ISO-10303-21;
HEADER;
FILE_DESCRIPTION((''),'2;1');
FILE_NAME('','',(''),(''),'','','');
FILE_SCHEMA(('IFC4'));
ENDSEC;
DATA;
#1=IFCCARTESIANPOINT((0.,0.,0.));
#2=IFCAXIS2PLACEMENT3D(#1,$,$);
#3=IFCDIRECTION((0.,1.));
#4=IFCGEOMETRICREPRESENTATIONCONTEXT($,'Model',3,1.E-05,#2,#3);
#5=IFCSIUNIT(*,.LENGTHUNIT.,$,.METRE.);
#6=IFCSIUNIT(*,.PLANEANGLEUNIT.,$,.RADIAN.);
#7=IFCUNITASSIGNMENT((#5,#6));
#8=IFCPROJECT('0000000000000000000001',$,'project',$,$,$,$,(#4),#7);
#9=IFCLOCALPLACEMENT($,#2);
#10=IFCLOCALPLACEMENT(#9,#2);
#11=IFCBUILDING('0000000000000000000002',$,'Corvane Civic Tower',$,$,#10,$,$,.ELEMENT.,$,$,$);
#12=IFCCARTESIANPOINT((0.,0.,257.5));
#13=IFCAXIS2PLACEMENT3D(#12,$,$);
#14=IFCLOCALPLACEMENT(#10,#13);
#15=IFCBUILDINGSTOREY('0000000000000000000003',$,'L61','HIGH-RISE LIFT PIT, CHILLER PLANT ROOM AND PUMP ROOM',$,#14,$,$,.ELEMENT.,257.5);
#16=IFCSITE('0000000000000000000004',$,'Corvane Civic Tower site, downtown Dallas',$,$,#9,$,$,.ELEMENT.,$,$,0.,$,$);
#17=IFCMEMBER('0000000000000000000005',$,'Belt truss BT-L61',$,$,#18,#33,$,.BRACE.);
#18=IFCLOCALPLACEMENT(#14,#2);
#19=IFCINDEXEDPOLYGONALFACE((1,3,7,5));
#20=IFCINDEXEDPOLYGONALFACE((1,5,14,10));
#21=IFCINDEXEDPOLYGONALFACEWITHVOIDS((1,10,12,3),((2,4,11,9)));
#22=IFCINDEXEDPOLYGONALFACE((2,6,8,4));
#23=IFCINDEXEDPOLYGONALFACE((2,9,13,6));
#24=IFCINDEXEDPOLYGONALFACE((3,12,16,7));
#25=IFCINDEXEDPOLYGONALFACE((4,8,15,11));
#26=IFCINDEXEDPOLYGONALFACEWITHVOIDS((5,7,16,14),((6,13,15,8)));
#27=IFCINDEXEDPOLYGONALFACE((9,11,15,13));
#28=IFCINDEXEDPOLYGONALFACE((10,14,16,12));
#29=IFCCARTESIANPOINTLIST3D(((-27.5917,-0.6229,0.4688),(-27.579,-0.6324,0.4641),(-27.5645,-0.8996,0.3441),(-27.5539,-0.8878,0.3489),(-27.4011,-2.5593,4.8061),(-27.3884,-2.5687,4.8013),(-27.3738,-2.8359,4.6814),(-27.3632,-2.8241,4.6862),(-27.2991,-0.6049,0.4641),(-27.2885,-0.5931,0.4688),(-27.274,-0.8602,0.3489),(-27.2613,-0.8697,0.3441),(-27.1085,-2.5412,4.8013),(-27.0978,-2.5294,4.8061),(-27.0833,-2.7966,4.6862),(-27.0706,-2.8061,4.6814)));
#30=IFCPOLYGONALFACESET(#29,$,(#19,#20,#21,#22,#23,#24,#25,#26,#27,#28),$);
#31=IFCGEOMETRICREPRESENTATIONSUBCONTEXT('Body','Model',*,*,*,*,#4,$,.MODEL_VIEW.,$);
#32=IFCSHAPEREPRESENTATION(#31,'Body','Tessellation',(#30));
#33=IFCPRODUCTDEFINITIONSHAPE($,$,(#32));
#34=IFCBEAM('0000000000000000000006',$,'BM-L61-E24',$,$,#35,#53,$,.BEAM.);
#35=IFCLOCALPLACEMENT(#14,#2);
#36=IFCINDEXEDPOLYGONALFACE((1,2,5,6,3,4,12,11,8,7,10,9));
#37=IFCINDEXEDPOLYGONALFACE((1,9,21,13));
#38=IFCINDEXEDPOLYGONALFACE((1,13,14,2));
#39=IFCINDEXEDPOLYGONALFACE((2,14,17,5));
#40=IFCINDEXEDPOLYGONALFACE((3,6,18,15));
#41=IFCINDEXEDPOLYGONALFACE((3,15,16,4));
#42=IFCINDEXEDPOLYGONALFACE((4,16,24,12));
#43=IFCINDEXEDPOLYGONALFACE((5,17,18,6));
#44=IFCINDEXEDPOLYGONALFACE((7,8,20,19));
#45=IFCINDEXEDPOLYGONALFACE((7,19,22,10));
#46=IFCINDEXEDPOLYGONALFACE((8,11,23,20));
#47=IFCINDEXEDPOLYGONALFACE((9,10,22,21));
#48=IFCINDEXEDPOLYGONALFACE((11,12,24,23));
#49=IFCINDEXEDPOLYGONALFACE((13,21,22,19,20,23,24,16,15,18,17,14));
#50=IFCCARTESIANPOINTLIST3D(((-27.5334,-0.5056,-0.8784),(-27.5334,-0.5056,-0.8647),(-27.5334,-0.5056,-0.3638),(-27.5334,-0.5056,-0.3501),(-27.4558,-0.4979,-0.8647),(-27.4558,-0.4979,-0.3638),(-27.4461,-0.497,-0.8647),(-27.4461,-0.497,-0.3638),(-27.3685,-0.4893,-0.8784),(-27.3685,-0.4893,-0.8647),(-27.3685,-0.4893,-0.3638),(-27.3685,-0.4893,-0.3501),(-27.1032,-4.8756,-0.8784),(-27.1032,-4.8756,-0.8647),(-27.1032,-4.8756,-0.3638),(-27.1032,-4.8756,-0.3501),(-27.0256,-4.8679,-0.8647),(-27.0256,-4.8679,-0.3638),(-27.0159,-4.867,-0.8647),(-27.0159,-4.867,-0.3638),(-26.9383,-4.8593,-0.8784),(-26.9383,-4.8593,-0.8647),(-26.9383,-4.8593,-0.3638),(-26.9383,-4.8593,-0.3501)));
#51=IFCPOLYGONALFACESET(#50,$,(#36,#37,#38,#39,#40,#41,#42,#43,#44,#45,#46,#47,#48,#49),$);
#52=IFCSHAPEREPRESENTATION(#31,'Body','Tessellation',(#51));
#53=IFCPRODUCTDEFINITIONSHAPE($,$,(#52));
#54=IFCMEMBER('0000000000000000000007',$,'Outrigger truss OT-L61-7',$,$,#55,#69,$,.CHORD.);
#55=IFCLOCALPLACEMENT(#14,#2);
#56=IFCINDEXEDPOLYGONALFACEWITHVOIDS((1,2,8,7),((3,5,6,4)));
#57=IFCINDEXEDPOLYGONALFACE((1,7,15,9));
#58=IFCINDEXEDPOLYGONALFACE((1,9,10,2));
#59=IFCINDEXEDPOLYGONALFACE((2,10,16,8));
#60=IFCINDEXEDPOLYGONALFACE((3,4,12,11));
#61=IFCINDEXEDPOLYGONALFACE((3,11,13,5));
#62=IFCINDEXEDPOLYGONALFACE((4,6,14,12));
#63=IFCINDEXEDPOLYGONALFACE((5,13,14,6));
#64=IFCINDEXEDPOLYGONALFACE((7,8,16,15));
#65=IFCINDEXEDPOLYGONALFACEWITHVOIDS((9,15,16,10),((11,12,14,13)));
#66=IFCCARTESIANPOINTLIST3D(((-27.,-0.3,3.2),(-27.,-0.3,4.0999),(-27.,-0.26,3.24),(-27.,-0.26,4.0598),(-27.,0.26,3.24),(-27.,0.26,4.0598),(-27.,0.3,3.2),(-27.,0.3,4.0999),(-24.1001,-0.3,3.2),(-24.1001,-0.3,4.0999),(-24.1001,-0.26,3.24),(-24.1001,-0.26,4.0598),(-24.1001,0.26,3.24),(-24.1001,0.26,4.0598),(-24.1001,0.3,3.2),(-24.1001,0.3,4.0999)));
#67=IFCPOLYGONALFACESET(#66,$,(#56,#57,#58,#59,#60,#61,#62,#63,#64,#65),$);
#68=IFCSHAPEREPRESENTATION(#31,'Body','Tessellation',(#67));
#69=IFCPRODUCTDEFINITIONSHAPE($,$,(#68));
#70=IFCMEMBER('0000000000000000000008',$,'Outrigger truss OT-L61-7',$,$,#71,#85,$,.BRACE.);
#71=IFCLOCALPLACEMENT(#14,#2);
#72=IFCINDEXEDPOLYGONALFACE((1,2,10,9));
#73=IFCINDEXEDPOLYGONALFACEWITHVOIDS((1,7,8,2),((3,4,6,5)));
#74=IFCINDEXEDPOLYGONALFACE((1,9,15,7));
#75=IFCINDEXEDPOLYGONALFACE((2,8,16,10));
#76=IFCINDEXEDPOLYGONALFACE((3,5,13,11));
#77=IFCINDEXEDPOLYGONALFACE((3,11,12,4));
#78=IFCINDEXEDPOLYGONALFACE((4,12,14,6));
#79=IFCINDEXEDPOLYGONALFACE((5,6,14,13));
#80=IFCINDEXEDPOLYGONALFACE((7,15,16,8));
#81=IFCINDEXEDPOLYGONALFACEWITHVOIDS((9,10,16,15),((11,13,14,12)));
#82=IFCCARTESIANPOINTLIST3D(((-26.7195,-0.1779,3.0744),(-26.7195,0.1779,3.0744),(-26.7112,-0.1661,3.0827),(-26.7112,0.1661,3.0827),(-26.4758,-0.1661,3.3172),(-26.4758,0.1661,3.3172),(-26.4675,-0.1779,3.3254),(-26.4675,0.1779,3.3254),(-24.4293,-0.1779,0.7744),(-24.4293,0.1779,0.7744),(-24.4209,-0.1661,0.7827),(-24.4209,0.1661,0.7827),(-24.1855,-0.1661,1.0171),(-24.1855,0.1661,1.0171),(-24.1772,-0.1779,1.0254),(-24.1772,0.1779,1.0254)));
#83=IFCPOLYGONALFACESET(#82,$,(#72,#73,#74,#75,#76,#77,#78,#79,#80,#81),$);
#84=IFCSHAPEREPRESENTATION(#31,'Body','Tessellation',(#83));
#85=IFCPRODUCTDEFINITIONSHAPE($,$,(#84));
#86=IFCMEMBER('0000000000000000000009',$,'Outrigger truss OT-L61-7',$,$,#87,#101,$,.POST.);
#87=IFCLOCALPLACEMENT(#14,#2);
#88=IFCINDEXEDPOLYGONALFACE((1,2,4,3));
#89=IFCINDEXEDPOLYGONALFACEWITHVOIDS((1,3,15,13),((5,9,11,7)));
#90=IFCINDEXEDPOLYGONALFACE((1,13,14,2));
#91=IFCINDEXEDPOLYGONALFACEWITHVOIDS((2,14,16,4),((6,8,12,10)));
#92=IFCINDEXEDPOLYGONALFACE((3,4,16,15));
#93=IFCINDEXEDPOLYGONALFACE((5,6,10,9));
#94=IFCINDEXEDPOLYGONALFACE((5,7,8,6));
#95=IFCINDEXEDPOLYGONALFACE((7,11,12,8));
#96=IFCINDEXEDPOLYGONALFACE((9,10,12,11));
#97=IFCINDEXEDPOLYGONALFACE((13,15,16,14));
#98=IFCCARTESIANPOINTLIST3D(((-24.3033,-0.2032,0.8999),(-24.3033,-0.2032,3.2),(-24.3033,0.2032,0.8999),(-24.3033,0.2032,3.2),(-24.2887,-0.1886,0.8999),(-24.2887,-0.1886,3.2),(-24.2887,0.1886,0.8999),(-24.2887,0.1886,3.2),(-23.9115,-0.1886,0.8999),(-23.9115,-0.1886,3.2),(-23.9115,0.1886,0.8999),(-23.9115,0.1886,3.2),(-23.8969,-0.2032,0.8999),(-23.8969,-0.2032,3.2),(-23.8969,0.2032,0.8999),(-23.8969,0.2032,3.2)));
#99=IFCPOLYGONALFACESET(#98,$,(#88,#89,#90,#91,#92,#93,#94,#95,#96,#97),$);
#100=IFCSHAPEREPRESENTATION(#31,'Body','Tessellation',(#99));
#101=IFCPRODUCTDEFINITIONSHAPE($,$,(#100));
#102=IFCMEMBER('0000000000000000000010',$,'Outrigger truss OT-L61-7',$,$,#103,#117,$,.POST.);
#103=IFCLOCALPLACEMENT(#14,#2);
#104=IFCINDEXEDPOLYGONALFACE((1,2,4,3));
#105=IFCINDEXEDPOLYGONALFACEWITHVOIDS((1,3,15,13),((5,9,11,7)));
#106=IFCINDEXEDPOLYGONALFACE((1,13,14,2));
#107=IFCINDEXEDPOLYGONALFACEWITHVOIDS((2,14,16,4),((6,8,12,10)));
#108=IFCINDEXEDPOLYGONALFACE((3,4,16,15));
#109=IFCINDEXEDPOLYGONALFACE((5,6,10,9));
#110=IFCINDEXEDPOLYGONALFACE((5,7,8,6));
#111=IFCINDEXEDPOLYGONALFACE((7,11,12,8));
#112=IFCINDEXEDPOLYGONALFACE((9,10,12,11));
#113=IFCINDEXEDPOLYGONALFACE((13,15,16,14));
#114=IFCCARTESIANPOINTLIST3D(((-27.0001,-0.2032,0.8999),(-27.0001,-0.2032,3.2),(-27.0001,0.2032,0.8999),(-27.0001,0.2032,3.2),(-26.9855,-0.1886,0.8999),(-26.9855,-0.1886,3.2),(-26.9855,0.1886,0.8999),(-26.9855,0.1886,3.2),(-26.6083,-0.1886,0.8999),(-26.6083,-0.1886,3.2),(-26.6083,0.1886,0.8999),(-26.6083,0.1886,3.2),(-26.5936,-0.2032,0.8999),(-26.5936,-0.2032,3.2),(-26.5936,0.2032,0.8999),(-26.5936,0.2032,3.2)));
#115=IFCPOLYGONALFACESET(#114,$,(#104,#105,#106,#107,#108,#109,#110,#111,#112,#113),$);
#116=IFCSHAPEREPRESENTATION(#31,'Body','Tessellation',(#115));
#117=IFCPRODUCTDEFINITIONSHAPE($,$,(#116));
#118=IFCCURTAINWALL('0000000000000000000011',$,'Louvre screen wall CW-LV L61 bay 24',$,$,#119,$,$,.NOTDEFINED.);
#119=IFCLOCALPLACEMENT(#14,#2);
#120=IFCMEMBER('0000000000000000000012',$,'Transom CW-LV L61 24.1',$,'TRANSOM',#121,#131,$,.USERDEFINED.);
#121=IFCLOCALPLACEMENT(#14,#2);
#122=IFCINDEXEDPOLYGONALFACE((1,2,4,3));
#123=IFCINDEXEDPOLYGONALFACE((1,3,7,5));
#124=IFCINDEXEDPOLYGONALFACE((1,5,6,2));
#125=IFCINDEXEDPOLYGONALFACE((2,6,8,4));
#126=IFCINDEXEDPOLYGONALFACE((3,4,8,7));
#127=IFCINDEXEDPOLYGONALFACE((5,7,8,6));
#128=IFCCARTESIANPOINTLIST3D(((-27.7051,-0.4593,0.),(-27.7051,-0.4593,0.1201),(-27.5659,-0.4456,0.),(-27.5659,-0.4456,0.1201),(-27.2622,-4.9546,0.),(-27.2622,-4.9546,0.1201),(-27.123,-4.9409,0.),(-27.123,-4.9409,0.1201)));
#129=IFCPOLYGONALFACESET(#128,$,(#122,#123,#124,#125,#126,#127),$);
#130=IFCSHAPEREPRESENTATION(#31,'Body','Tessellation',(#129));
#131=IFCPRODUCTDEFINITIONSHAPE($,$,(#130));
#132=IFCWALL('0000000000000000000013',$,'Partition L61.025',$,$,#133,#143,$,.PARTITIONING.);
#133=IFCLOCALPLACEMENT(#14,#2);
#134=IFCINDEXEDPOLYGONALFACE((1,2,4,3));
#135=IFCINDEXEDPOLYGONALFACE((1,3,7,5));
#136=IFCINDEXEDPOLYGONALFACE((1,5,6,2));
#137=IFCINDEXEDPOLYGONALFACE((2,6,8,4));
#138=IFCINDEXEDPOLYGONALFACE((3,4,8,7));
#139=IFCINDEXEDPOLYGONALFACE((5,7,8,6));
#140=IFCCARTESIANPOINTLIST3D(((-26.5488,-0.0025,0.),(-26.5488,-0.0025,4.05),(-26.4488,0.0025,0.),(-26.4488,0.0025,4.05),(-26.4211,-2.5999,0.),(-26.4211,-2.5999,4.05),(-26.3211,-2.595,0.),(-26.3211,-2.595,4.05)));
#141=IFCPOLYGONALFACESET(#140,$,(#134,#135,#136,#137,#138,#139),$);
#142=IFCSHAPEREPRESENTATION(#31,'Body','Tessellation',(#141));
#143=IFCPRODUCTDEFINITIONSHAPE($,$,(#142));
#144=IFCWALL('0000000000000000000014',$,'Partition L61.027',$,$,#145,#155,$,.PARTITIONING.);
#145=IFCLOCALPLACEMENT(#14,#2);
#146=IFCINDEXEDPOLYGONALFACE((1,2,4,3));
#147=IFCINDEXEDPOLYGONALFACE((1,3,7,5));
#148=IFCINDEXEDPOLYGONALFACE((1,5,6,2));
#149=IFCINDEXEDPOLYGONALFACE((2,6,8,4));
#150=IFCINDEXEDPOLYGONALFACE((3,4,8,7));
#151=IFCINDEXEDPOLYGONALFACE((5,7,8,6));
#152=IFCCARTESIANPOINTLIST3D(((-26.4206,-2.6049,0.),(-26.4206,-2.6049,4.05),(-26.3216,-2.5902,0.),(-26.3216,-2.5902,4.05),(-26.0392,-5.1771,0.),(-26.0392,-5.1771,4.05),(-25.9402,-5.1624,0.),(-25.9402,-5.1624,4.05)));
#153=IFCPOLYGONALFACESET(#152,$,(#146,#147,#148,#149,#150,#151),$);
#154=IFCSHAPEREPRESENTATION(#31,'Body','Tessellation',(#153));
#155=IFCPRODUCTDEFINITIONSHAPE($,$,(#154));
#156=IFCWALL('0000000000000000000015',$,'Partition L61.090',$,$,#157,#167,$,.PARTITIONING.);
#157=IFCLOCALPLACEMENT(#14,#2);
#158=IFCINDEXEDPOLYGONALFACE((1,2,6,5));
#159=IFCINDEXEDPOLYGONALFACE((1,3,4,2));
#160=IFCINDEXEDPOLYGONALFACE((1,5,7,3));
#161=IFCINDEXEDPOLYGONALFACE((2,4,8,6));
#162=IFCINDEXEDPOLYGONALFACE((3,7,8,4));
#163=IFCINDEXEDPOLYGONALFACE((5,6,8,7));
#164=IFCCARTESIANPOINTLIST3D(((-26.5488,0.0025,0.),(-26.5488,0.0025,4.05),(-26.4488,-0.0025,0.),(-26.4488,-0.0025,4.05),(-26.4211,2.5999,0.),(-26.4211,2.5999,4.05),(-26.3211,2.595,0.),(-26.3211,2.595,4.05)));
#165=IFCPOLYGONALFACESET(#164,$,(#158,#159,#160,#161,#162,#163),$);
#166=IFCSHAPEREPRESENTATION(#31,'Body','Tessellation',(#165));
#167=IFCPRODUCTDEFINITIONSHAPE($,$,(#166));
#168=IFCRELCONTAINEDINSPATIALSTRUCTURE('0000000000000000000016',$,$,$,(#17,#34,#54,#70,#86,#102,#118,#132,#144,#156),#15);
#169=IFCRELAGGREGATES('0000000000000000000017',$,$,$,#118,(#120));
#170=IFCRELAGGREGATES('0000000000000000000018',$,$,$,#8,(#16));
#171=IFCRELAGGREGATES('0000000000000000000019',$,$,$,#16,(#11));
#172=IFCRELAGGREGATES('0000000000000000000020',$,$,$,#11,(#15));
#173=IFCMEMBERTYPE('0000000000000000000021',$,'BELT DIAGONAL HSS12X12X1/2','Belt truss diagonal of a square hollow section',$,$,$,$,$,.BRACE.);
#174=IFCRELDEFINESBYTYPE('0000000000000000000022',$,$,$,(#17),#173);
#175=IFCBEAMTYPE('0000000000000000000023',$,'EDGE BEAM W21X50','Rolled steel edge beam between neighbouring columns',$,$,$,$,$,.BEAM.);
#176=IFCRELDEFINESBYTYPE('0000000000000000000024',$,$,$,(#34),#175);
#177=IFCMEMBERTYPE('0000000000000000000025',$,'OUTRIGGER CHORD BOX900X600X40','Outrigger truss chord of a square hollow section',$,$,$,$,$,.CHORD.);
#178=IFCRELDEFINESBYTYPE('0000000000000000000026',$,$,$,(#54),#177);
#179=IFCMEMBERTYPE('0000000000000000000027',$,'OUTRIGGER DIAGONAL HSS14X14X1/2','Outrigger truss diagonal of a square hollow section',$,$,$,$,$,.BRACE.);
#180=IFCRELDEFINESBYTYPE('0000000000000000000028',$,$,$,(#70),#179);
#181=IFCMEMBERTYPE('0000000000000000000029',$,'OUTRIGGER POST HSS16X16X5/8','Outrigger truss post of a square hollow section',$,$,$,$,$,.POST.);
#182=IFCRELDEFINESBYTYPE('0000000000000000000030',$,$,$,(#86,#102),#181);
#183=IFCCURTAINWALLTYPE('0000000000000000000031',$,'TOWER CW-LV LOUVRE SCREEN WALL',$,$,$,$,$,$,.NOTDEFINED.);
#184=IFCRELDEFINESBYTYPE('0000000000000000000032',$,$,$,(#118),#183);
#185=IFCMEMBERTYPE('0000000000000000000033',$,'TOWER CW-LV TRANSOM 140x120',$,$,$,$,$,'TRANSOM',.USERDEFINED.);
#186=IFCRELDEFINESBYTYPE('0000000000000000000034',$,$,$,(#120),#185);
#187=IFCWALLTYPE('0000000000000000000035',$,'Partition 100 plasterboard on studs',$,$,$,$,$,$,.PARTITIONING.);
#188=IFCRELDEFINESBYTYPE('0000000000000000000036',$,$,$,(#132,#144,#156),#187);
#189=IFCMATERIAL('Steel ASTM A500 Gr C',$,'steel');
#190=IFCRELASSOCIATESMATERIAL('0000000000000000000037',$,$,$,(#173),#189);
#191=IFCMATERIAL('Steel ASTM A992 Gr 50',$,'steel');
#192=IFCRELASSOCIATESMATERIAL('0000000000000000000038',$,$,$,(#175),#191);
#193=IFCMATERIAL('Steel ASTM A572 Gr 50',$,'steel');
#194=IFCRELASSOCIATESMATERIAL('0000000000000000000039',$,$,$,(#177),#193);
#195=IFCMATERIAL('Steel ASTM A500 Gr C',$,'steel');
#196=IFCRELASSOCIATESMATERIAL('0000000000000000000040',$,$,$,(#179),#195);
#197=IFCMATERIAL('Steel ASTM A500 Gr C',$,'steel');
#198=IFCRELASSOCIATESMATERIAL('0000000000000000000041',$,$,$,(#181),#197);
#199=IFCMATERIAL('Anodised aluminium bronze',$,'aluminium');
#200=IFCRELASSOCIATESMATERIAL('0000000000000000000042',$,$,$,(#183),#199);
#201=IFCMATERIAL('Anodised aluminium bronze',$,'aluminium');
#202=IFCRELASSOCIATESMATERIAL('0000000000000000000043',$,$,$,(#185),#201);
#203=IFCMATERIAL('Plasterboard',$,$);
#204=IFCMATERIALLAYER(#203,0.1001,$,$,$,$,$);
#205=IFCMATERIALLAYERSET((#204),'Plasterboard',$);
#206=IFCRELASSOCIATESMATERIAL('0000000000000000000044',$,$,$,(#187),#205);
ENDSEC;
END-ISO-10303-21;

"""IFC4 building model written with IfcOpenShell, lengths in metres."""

from ifc_helpers import new_model, si_unit, direction, frame, frame_2d, origin, origin_2d, place, context, subcontext, project, spatial, rectangle, hollow_rectangle, i_section, extrude, material, layer, layer_set, material_profile, profile_set, type_object, element, aggregate, save


model = new_model("IFC4")

# Units and contexts
model_context = context("Model", 3, precision=1e-05, world=origin(), true_north=direction((0.0, 1.0)))
body_context = subcontext(model_context, "Body", "Model", "MODEL_VIEW")
ifc_project = project(units=[si_unit("LENGTHUNIT", "METRE"), si_unit("PLANEANGLEUNIT", "RADIAN")], contexts=[model_context])

# Site, building, storey
site_placement = place(None, origin())
site = spatial("IfcSite", under=ifc_project, at=site_placement, Name="Corvane Civic Tower site, downtown Dallas", CompositionType="ELEMENT", RefElevation=0.0)
building_placement = place(site_placement, origin())
building = spatial("IfcBuilding", under=site, at=building_placement, Name="Corvane Civic Tower", CompositionType="ELEMENT")
storey_placement = place(building_placement, frame((0.0, 0.0, 257.5)))
storey = spatial("IfcBuildingStorey", under=building, at=storey_placement, Name="L61", Description="HIGH-RISE LIFT PIT, CHILLER PLANT ROOM AND PUMP ROOM", CompositionType="ELEMENT", Elevation=257.5)

# Member
ifc_material_1 = material(Name="Steel ASTM A500 Gr C", Category="steel")
ifc_material_profile_1 = material_profile(ifc_material_1, hollow_rectangle(XDim=0.3047, YDim=0.3047, WallThickness=0.0117, at=origin_2d()), Name="HSS12X12X1/2")
ifc_profile_set_1 = profile_set([ifc_material_profile_1], Name="Steel ASTM A500 Gr C")
member_type_1 = type_object("IfcMemberType", Name="BELT DIAGONAL HSS12X12X1/2", Description="Belt truss diagonal of a square hollow section", PredefinedType="BRACE", material=ifc_profile_set_1)
member_1_placement = place(storey_placement, frame((-27.4265, -0.7463, 0.4065), z_axis=(0.040112, -0.407331, 0.912399), x_axis=(0.995186, 0.098, 0.0)))
element("IfcMember", 1, at=member_1_placement, inside=storey, type_object=member_type_1, Name="Belt truss BT-L61", PredefinedType="BRACE", context=body_context, shape_type="SweptSolid", body=[
    extrude(hollow_rectangle(XDim=0.3047, YDim=0.3047, WallThickness=0.0117, at=origin_2d()), origin(), (0.0, 0.0, 1.0), 4.7537),
])

# Beam
ifc_material_2 = material(Name="Steel ASTM A992 Gr 50", Category="steel")
ifc_material_profile_2 = material_profile(ifc_material_2, i_section(OverallWidth=0.1658, OverallDepth=0.5283, WebThickness=0.0098, FlangeThickness=0.0137, at=origin_2d()), Name="W21X50")
ifc_profile_set_2 = profile_set([ifc_material_profile_2], Name="Steel ASTM A992 Gr 50")
beam_type = type_object("IfcBeamType", Name="EDGE BEAM W21X50", Description="Rolled steel edge beam between neighbouring columns", PredefinedType="BEAM", material=ifc_profile_set_2)
beam_placement = place(storey_placement, frame((-27.0208, -4.8674, -0.6143), z_axis=(-0.097968, 0.99519, 0.0), x_axis=(-0.99519, -0.097968, 0.0)))
element("IfcBeam", 2, at=beam_placement, inside=storey, type_object=beam_type, Name="BM-L61-E24", PredefinedType="BEAM", context=body_context, shape_type="SweptSolid", body=[
    extrude(i_section(OverallWidth=0.1658, OverallDepth=0.5283, WebThickness=0.0098, FlangeThickness=0.0137, at=origin_2d()), origin(), (0.0, 0.0, 1.0), 4.3911),
])

# Members
ifc_material_3 = material(Name="Steel ASTM A572 Gr 50", Category="steel")
ifc_material_profile_3 = material_profile(ifc_material_3, hollow_rectangle(XDim=0.6001, YDim=0.8999, WallThickness=0.04, at=origin_2d()), Name="BOX900X600X40")
ifc_profile_set_3 = profile_set([ifc_material_profile_3], Name="Steel ASTM A572 Gr 50")
member_type_2 = type_object("IfcMemberType", Name="OUTRIGGER CHORD BOX900X600X40", Description="Outrigger truss chord of a square hollow section", PredefinedType="CHORD", material=ifc_profile_set_3)
member_2_placement = place(storey_placement, frame((-24.1001, 0.0, 3.6499), z_axis=(-1.0, 0.0, 0.0), x_axis=(0.0, -1.0, 0.0)))
element("IfcMember", 3, at=member_2_placement, inside=storey, type_object=member_type_2, Name="Outrigger truss OT-L61-7", PredefinedType="CHORD", context=body_context, shape_type="SweptSolid", body=[
    extrude(hollow_rectangle(XDim=0.6001, YDim=0.8999, WallThickness=0.04, at=origin_2d()), origin(), (0.0, 0.0, 1.0), 2.8999),
])
ifc_material_4 = material(Name="Steel ASTM A500 Gr C", Category="steel")
ifc_material_profile_4 = material_profile(ifc_material_4, hollow_rectangle(XDim=0.3557, YDim=0.3557, WallThickness=0.0117, at=origin_2d()), Name="HSS14X14X1/2")
ifc_profile_set_4 = profile_set([ifc_material_profile_4], Name="Steel ASTM A500 Gr C")
member_type_3 = type_object("IfcMemberType", Name="OUTRIGGER DIAGONAL HSS14X14X1/2", Description="Outrigger truss diagonal of a square hollow section", PredefinedType="BRACE", material=ifc_profile_set_4)
member_3_placement = place(storey_placement, frame((-24.3032, 0.0, 0.8999), z_axis=(-0.705601, 0.0, 0.70861), x_axis=(0.0, -1.0, 0.0)))
element("IfcMember", 4, at=member_3_placement, inside=storey, type_object=member_type_3, Name="Outrigger truss OT-L61-7", PredefinedType="BRACE", context=body_context, shape_type="SweptSolid", body=[
    extrude(hollow_rectangle(XDim=0.3557, YDim=0.3557, WallThickness=0.0117, at=origin_2d()), origin(), (0.0, 0.0, 1.0), 3.2458),
])
ifc_material_5 = material(Name="Steel ASTM A500 Gr C", Category="steel")
ifc_material_profile_5 = material_profile(ifc_material_5, hollow_rectangle(XDim=0.4065, YDim=0.4065, WallThickness=0.0146, at=origin_2d()), Name="HSS16X16X5/8")
ifc_profile_set_5 = profile_set([ifc_material_profile_5], Name="Steel ASTM A500 Gr C")
member_type_4 = type_object("IfcMemberType", Name="OUTRIGGER POST HSS16X16X5/8", Description="Outrigger truss post of a square hollow section", PredefinedType="POST", material=ifc_profile_set_5)
for number, where, z_axis, x_axis, name in (
    (5, (-24.1001, 0.0, 0.8999), (0.0, 0.0, 1.0), (1.0, 0.0, 0.0), "Outrigger truss OT-L61-7"),
    (6, (-26.7969, 0.0, 0.8999), (0.0, 0.0, 1.0), (1.0, 0.0, 0.0), "Outrigger truss OT-L61-7"),
):
    element("IfcMember", number, at=place(storey_placement, frame(where, z_axis=z_axis, x_axis=x_axis)), inside=storey, type_object=member_type_4, Name=name, PredefinedType="POST", context=body_context, shape_type="SweptSolid", body=[
        extrude(hollow_rectangle(XDim=0.4065, YDim=0.4065, WallThickness=0.0146, at=origin_2d()), origin(), (0.0, 0.0, 1.0), 2.3),
    ])

# Curtain wall, member
ifc_material_6 = material(Name="Anodised aluminium bronze", Category="aluminium")
curtain_wall_type = type_object("IfcCurtainWallType", Name="TOWER CW-LV LOUVRE SCREEN WALL", PredefinedType="NOTDEFINED", material=ifc_material_6)
curtain_wall_placement = place(storey_placement, origin())
curtain_wall = element("IfcCurtainWall", 7, at=curtain_wall_placement, inside=storey, type_object=curtain_wall_type, Name="Louvre screen wall CW-LV L61 bay 24", PredefinedType="NOTDEFINED")
ifc_material_7 = material(Name="Anodised aluminium bronze", Category="aluminium")
ifc_material_profile_6 = material_profile(ifc_material_7, rectangle(XDim=0.1399, YDim=0.1201, at=origin_2d()), Name="TOWER CW-LV TRANSOM 140x120")
ifc_profile_set_6 = profile_set([ifc_material_profile_6], Name="Anodised aluminium bronze")
member_type_5 = type_object("IfcMemberType", Name="TOWER CW-LV TRANSOM 140x120", ElementType="TRANSOM", PredefinedType="USERDEFINED", material=ifc_profile_set_6)
member_4_placement = place(storey_placement, frame((-27.1926, -4.9478, 0.0601), z_axis=(-0.098043, 0.995182, 0.0), x_axis=(-0.995182, -0.098043, 0.0)))
member_4 = element("IfcMember", 8, at=member_4_placement, type_object=member_type_5, Name="Transom CW-LV L61 24.1", ObjectType="TRANSOM", PredefinedType="USERDEFINED", context=body_context, shape_type="SweptSolid", body=[
    extrude(rectangle(XDim=0.1399, YDim=0.1201, at=origin_2d()), origin(), (0.0, 0.0, 1.0), 4.5171),
])

# Walls
ifc_material_8 = material(Name="Plasterboard")
ifc_layer = layer(ifc_material_8, 0.1001)
ifc_layer_set = layer_set([ifc_layer], Name="Plasterboard")
wall_type = type_object("IfcWallType", Name="Partition 100 plasterboard on studs", PredefinedType="PARTITIONING", material=ifc_layer_set)
wall_1_placement = place(storey_placement, frame((-26.4988, 0.0, 0.0), z_axis=(0.0, 0.0, 1.0), x_axis=(0.049099, -0.998794, 0.0)))
element("IfcWall", 9, at=wall_1_placement, inside=storey, type_object=wall_type, Name="Partition L61.025", PredefinedType="PARTITIONING", context=body_context, shape_type="SweptSolid", body=[
    extrude(rectangle(XDim=2.6006, YDim=0.1001, at=frame_2d((1.3003, 0.0))), origin(), (0.0, 0.0, 1.0), 4.05),
])
wall_2_placement = place(storey_placement, frame((-26.3711, -2.5974, 0.0), z_axis=(0.0, 0.0, 1.0), x_axis=(0.146651, -0.989188, 0.0)))
element("IfcWall", 10, at=wall_2_placement, inside=storey, type_object=wall_type, Name="Partition L61.027", PredefinedType="PARTITIONING", context=body_context, shape_type="SweptSolid", body=[
    extrude(rectangle(XDim=2.6003, YDim=0.1001, at=frame_2d((1.3003, 0.0))), origin(), (0.0, 0.0, 1.0), 4.05),
])
wall_3_placement = place(storey_placement, frame((-26.4988, 0.0, 0.0), z_axis=(0.0, 0.0, 1.0), x_axis=(0.049099, 0.998794, 0.0)))
element("IfcWall", 11, at=wall_3_placement, inside=storey, type_object=wall_type, Name="Partition L61.090", PredefinedType="PARTITIONING", context=body_context, shape_type="SweptSolid", body=[
    extrude(rectangle(XDim=2.6006, YDim=0.1001, at=frame_2d((1.3003, 0.0))), origin(), (0.0, 0.0, 1.0), 4.05),
])

aggregate(curtain_wall, [member_4])

save(model, "model.ifc")
